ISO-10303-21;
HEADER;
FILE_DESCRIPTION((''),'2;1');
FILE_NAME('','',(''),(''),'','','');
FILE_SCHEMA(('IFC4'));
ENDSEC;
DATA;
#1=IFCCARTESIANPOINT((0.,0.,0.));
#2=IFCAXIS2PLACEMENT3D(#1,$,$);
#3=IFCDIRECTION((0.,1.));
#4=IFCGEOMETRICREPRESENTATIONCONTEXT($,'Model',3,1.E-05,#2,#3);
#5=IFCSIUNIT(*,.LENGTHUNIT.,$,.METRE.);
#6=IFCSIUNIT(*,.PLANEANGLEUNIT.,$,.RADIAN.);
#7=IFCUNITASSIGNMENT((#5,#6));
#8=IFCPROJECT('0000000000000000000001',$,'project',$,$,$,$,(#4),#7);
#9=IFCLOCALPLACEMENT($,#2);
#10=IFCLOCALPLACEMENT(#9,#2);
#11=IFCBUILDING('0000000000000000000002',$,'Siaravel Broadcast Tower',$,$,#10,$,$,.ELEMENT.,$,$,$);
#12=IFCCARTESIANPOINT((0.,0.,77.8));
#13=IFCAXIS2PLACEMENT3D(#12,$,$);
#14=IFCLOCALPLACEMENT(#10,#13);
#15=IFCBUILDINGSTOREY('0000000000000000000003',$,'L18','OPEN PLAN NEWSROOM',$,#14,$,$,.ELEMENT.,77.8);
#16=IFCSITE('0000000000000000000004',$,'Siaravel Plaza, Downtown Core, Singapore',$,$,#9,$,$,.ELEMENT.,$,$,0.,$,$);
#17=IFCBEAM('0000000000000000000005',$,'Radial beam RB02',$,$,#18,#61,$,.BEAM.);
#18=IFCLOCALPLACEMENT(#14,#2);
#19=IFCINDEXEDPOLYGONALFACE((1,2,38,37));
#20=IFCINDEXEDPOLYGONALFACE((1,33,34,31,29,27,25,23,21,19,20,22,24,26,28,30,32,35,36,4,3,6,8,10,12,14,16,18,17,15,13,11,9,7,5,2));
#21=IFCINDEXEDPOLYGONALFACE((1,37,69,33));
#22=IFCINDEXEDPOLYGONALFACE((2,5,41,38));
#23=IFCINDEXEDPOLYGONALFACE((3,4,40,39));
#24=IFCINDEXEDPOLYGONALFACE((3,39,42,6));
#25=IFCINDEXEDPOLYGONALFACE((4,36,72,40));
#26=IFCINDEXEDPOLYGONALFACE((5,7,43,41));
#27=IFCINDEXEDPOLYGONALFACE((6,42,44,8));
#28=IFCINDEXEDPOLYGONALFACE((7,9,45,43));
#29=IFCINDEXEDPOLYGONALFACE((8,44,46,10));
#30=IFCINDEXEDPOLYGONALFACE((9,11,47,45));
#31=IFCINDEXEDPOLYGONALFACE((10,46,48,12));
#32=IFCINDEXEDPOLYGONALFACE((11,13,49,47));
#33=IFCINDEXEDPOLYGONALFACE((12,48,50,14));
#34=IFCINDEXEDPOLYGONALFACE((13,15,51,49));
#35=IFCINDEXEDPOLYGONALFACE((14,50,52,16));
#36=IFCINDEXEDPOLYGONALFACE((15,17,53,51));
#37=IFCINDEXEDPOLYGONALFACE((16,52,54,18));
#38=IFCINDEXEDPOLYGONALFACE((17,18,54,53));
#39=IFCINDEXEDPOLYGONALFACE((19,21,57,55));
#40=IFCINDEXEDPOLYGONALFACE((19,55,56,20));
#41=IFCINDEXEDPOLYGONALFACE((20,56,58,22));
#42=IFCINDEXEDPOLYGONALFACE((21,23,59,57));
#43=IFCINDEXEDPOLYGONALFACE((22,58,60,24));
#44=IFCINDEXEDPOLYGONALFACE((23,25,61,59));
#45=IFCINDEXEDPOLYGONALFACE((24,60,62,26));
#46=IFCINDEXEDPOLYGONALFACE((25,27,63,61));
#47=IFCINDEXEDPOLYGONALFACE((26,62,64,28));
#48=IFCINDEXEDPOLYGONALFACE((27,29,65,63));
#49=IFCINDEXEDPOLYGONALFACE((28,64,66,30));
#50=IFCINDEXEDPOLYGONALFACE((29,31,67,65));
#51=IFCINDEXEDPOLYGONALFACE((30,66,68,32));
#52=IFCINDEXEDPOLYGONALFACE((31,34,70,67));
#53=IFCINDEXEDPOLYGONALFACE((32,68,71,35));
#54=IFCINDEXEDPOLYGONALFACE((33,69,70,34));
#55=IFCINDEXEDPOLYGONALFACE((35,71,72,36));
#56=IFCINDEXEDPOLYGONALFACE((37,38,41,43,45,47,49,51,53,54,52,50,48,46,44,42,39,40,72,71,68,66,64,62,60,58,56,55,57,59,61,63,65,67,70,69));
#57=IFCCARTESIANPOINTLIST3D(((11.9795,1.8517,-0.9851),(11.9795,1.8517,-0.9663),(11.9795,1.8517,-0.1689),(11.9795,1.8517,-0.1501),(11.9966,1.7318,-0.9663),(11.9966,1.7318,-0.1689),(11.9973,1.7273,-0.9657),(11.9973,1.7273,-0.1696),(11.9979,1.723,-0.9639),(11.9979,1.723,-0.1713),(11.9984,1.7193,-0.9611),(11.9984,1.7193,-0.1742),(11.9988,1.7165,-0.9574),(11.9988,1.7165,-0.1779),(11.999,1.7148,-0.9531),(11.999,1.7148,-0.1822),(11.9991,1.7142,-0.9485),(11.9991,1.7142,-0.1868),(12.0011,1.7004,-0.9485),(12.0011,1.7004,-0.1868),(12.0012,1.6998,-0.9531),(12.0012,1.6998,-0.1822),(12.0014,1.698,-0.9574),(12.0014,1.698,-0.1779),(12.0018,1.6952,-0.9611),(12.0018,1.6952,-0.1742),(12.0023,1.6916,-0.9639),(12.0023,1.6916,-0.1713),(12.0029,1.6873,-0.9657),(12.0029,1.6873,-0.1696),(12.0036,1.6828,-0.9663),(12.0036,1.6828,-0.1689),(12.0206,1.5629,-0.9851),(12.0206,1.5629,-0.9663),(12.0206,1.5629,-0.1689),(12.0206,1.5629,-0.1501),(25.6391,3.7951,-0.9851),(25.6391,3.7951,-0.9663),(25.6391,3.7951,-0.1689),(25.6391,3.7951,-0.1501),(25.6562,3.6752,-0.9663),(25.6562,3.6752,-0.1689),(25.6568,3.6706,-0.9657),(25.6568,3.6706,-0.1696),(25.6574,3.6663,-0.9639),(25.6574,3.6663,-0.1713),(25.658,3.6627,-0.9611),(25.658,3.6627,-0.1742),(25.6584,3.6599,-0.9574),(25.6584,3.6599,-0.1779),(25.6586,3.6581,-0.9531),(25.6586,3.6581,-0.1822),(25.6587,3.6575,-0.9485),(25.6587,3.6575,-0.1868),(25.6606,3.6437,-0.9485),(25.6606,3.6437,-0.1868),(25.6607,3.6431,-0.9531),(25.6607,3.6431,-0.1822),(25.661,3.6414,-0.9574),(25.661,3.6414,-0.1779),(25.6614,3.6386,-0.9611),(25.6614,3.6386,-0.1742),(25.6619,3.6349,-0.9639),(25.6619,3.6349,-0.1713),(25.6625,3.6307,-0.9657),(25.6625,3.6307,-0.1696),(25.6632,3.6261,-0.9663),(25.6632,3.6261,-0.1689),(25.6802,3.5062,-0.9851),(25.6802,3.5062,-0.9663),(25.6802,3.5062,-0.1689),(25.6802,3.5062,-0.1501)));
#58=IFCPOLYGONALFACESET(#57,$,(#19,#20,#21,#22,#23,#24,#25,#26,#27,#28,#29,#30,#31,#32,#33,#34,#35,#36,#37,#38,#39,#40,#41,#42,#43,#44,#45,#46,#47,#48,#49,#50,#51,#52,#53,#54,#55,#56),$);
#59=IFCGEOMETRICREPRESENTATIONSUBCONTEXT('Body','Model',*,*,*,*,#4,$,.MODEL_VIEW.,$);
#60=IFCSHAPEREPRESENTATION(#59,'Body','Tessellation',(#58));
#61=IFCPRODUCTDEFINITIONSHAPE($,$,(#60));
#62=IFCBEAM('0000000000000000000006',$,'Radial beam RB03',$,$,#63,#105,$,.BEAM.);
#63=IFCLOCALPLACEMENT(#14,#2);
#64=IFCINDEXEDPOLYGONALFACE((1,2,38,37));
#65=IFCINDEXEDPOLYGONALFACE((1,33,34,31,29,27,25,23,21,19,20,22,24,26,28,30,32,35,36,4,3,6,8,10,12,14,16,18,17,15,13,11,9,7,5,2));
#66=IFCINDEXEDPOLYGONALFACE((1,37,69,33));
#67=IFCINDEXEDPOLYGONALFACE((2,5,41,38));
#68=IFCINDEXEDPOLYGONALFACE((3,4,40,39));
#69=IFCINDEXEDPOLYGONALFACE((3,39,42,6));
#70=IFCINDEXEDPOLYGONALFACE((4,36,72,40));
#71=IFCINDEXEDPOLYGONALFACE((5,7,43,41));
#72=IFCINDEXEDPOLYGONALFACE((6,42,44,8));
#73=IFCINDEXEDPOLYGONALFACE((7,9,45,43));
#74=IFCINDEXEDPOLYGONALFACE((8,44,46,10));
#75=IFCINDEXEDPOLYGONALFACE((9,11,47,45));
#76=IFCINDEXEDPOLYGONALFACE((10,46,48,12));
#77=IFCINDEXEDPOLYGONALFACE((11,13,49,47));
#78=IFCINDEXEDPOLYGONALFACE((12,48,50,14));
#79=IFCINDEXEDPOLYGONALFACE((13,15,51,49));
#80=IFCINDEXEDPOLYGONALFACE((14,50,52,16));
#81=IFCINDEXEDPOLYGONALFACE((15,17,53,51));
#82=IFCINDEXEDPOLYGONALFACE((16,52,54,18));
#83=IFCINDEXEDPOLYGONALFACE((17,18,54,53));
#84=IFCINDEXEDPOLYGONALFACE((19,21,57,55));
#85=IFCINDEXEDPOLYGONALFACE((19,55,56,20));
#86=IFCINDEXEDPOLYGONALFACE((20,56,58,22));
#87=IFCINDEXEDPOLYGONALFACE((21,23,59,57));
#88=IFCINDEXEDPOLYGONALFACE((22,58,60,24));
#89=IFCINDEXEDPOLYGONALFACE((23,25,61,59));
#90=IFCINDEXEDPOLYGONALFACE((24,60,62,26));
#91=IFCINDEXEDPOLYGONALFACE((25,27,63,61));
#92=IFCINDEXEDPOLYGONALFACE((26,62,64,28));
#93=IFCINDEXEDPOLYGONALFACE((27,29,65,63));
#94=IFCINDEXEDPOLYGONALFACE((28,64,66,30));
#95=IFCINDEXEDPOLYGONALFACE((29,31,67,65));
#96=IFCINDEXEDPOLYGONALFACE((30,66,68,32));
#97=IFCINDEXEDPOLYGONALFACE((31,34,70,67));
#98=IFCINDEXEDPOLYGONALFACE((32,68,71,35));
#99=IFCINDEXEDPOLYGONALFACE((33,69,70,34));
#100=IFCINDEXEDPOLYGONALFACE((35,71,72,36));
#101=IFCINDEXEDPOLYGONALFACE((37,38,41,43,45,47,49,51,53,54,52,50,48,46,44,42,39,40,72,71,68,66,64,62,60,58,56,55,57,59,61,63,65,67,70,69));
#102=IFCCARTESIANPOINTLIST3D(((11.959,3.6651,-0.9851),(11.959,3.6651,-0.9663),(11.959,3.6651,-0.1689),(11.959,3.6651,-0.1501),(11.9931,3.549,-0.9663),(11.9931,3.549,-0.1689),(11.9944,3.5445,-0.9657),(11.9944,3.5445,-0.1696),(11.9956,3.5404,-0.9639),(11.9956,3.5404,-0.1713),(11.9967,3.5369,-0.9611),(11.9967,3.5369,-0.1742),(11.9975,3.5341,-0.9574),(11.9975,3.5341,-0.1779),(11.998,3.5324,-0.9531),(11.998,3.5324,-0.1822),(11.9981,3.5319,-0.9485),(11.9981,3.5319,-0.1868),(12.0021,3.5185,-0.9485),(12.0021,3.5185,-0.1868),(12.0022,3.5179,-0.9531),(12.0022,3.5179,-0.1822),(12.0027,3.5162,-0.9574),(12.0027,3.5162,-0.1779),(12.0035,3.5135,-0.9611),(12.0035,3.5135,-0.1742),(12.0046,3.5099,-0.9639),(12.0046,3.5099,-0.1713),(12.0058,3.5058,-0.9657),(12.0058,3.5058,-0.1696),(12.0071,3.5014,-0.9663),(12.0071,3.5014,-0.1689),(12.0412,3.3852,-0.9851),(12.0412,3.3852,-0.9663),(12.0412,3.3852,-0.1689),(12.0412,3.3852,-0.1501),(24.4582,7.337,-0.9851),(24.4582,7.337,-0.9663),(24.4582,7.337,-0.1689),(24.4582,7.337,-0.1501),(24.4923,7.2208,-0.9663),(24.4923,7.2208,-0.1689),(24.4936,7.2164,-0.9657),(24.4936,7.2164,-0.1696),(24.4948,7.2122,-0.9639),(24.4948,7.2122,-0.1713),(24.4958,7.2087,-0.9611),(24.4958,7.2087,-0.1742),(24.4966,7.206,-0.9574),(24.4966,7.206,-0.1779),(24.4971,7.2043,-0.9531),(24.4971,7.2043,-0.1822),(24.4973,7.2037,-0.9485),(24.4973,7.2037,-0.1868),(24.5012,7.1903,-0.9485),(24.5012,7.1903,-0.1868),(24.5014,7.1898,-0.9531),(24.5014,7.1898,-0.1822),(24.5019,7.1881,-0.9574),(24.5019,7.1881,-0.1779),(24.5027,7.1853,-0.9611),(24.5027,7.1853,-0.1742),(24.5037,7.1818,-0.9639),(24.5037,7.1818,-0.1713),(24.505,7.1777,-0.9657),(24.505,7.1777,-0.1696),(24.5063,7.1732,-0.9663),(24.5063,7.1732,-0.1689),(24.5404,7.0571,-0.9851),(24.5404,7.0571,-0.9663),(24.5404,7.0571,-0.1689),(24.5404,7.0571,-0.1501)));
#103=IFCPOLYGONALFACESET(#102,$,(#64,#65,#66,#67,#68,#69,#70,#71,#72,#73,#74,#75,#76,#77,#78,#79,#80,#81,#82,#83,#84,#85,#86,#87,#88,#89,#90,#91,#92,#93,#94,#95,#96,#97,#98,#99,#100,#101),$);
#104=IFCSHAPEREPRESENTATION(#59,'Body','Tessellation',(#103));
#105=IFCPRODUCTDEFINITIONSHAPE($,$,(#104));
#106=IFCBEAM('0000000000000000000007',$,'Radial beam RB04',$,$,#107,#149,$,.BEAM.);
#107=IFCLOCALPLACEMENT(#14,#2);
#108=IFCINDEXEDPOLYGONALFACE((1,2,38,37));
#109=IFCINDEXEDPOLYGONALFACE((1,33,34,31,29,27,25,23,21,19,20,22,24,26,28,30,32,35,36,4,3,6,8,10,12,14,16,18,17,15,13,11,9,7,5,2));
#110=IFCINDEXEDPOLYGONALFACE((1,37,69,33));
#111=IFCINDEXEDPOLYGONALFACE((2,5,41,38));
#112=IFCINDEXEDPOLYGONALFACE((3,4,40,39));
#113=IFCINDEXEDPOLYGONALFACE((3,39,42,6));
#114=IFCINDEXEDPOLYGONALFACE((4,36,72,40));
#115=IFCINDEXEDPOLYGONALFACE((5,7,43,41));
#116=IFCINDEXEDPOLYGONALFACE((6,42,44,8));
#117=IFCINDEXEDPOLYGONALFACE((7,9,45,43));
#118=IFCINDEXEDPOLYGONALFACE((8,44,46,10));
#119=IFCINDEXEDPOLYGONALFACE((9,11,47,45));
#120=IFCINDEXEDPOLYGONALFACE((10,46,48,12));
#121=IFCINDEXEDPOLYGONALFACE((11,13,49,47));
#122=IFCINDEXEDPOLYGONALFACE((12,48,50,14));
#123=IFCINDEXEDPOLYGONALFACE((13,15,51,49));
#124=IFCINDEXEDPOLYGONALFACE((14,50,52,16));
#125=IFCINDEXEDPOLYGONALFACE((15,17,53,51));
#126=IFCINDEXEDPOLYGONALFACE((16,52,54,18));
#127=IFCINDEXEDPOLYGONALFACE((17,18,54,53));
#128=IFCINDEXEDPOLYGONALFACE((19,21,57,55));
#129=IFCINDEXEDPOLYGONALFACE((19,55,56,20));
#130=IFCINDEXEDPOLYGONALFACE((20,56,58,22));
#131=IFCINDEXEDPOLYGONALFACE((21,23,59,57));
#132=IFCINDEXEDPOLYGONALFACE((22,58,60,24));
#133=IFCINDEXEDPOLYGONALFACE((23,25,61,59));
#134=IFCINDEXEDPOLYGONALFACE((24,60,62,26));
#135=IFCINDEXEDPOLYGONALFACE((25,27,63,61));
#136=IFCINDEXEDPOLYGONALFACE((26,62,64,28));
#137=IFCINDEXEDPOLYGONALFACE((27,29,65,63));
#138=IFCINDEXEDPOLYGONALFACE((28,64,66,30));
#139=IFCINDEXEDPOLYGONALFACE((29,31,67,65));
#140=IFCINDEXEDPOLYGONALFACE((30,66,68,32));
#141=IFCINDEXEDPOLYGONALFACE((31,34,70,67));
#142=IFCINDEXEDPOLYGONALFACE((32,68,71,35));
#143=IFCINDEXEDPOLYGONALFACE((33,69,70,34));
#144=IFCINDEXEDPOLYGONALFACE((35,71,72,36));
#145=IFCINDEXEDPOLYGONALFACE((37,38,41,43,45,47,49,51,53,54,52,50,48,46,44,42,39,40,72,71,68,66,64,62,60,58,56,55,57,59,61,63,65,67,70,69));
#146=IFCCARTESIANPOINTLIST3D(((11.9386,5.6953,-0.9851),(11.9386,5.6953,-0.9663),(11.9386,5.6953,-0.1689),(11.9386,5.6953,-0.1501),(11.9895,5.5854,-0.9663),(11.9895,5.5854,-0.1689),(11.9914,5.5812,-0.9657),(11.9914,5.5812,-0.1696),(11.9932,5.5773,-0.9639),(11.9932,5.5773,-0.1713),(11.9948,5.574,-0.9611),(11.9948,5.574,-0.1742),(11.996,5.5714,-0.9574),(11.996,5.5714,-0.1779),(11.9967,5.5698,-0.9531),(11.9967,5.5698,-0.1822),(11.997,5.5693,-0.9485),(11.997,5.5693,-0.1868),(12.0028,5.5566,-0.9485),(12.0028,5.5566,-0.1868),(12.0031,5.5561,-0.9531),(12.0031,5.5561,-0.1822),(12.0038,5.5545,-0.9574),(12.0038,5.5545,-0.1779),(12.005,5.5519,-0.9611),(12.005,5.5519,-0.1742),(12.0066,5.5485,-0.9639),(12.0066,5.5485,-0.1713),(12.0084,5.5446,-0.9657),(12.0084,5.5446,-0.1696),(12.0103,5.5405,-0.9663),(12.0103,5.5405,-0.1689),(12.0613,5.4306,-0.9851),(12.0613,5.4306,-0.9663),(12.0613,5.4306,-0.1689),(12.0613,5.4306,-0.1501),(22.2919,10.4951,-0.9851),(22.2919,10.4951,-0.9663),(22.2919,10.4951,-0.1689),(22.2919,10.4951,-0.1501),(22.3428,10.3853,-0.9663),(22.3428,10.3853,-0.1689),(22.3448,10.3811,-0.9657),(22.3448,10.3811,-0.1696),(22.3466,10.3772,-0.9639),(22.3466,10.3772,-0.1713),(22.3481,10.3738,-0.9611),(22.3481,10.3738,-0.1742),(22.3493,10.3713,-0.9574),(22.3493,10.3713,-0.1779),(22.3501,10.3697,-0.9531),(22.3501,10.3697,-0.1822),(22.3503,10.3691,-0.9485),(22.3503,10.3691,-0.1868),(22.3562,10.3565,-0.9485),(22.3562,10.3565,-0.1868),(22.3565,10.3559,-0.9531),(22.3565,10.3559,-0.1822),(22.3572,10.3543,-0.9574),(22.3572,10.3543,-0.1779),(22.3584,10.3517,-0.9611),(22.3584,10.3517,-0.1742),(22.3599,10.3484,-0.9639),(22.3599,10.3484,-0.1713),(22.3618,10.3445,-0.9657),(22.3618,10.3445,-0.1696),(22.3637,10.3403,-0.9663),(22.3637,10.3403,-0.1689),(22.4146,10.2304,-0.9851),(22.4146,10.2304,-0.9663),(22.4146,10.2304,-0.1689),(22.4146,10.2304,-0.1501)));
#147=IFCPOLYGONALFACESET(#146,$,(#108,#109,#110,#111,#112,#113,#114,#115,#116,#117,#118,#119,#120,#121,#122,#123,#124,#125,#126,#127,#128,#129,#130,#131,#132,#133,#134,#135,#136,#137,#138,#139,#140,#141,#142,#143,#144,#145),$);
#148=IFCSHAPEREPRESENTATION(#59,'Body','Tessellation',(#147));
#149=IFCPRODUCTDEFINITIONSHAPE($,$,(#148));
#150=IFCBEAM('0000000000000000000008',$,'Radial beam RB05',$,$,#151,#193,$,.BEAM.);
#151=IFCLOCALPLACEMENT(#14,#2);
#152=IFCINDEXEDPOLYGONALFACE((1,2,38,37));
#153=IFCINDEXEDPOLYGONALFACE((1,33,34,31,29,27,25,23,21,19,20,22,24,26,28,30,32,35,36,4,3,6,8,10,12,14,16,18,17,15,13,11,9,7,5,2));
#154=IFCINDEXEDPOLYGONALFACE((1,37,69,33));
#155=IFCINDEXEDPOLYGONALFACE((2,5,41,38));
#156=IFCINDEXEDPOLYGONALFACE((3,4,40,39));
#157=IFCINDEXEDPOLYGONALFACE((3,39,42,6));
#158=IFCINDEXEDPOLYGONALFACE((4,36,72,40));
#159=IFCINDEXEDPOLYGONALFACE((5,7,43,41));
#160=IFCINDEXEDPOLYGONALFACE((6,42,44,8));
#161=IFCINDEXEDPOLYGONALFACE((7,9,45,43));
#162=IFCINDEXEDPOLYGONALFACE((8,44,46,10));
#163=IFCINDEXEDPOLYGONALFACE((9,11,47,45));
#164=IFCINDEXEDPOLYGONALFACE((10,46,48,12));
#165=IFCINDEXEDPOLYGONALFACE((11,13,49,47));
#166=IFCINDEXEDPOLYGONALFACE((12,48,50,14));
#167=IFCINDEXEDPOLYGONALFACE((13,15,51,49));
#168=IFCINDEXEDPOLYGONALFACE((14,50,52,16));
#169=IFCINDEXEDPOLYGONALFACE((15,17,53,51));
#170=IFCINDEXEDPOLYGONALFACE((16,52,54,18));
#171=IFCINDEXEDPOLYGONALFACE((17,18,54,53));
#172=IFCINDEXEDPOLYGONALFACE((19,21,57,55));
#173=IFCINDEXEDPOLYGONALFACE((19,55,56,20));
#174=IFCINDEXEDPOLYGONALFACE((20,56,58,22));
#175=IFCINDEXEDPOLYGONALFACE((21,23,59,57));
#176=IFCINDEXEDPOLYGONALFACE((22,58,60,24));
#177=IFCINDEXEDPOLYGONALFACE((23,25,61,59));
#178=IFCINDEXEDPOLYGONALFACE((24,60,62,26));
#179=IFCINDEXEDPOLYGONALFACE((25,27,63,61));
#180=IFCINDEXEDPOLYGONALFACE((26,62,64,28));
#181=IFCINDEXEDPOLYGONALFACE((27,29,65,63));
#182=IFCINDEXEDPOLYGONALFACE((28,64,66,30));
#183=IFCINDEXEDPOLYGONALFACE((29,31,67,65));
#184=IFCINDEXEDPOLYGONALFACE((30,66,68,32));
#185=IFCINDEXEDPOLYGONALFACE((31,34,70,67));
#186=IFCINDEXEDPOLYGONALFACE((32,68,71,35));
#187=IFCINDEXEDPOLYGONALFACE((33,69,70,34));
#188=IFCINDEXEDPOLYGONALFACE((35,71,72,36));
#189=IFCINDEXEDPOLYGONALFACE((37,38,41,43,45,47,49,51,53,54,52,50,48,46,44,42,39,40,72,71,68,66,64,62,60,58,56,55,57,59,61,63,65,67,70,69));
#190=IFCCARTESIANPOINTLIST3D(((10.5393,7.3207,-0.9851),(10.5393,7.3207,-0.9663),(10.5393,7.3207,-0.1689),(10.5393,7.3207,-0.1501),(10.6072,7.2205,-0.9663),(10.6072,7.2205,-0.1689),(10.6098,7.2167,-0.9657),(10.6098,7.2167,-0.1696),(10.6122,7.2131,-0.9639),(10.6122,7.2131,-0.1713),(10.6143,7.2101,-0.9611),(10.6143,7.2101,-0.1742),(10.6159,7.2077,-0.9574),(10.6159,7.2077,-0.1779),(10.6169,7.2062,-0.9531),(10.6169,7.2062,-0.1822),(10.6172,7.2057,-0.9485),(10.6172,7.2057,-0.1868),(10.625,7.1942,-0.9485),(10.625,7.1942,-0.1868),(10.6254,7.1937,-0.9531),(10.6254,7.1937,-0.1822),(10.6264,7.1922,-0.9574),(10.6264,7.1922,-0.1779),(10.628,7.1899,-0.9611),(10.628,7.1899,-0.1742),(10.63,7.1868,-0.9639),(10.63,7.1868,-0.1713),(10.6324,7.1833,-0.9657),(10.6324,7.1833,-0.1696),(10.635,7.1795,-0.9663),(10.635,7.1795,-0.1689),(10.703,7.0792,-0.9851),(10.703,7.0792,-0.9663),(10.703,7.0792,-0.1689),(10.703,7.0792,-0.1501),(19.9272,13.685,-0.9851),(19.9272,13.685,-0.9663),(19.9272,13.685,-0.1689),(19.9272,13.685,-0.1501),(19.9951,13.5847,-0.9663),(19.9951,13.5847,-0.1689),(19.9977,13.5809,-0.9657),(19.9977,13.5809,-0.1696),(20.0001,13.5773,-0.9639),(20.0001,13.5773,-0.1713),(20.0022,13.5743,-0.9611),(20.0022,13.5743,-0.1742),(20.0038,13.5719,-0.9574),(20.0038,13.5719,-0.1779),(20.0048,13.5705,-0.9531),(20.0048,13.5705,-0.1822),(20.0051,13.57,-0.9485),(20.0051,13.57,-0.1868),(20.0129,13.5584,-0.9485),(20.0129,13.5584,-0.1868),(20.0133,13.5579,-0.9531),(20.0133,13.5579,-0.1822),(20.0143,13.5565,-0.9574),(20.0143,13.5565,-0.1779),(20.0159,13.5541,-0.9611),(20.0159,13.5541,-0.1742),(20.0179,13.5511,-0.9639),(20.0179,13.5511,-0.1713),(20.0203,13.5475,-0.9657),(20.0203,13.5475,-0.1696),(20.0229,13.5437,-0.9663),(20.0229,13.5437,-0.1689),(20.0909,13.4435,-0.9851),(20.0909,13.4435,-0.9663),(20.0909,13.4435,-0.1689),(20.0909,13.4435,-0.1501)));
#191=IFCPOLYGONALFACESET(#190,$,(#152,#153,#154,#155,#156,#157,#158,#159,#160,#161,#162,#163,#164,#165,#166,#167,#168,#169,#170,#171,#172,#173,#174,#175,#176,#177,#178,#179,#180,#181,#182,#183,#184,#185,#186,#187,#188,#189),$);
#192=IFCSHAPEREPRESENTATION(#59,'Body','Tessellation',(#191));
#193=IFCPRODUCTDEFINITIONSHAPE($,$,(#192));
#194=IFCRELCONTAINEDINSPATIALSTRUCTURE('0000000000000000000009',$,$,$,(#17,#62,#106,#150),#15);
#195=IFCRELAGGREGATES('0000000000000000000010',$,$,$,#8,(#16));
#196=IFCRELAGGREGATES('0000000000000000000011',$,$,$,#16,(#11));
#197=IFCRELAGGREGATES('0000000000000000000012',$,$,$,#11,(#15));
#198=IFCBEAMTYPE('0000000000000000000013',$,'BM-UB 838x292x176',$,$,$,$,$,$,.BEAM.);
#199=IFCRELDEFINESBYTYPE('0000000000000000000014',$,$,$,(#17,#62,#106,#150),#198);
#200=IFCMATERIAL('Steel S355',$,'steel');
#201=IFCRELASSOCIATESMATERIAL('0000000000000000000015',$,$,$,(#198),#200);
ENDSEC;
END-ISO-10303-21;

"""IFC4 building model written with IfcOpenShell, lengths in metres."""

from ifc_helpers import new_model, si_unit, direction, frame, origin, origin_2d, place, context, subcontext, project, spatial, i_section, extrude, material, material_profile, profile_set, type_object, element, save


model = new_model("IFC4")

# Units and contexts
model_context = context("Model", 3, precision=1e-05, world=origin(), true_north=direction((0.0, 1.0)))
body_context = subcontext(model_context, "Body", "Model", "MODEL_VIEW")
ifc_project = project(units=[si_unit("LENGTHUNIT", "METRE"), si_unit("PLANEANGLEUNIT", "RADIAN")], contexts=[model_context])

# Site, building, storey
site_placement = place(None, origin())
site = spatial("IfcSite", under=ifc_project, at=site_placement, Name="Siaravel Plaza, Downtown Core, Singapore", CompositionType="ELEMENT", RefElevation=0.0)
building_placement = place(site_placement, origin())
building = spatial("IfcBuilding", under=site, at=building_placement, Name="Siaravel Broadcast Tower", CompositionType="ELEMENT")
storey_placement = place(building_placement, frame((0.0, 0.0, 77.8)))
storey = spatial("IfcBuildingStorey", under=building, at=storey_placement, Name="L18", Description="OPEN PLAN NEWSROOM", CompositionType="ELEMENT", Elevation=77.8)

# Beams
ifc_material_1 = material(Name="Steel S355", Category="steel")
ifc_material_profile_1 = material_profile(ifc_material_1, i_section(OverallWidth=0.2917, OverallDepth=0.835, WebThickness=0.0139, FlangeThickness=0.0188, FilletRadius=0.0178, at=origin_2d()))
ifc_profile_set_1 = profile_set([ifc_material_profile_1], Name="Steel S355")
beam_type = type_object("IfcBeamType", Name="BM-UB 838x292x176", PredefinedType="BEAM", material=ifc_profile_set_1)
beam_1_placement = place(storey_placement, frame((25.6597, 3.6506, -0.5676), z_axis=(-0.990031, -0.140852, 0.0), x_axis=(0.140852, -0.990031, 0.0)))
element("IfcBeam", 1, at=beam_1_placement, inside=storey, type_object=beam_type, Name="Radial beam RB02", PredefinedType="BEAM", context=body_context, shape_type="SweptSolid", body=[
    extrude(i_section(OverallWidth=0.2917, OverallDepth=0.835, WebThickness=0.0139, FlangeThickness=0.0188, FilletRadius=0.0178, at=origin_2d()), origin(), (0.0, 0.0, 1.0), 13.7971),
])
beam_2_placement = place(storey_placement, frame((24.4993, 7.197, -0.5676), z_axis=(-0.959456, -0.281857, 0.0), x_axis=(0.281857, -0.959456, 0.0)))
element("IfcBeam", 2, at=beam_2_placement, inside=storey, type_object=beam_type, Name="Radial beam RB03", PredefinedType="BEAM", context=body_context, shape_type="SweptSolid", body=[
    extrude(i_section(OverallWidth=0.2917, OverallDepth=0.835, WebThickness=0.0139, FlangeThickness=0.0188, FilletRadius=0.0178, at=origin_2d()), origin(), (0.0, 0.0, 1.0), 13.0273),
])
beam_3_placement = place(storey_placement, frame((22.3533, 10.3628, -0.5676), z_axis=(-0.907246, -0.420601, 0.0), x_axis=(0.420601, -0.907246, 0.0)))
element("IfcBeam", 3, at=beam_3_placement, inside=storey, type_object=beam_type, Name="Radial beam RB04", PredefinedType="BEAM", context=body_context, shape_type="SweptSolid", body=[
    extrude(i_section(OverallWidth=0.2917, OverallDepth=0.835, WebThickness=0.0139, FlangeThickness=0.0188, FilletRadius=0.0178, at=origin_2d()), origin(), (0.0, 0.0, 1.0), 11.4119),
])
beam_4_placement = place(storey_placement, frame((20.009, 13.5642, -0.5676), z_axis=(-0.827727, -0.561131, 0.0), x_axis=(0.561131, -0.827727, 0.0)))
element("IfcBeam", 4, at=beam_4_placement, inside=storey, type_object=beam_type, Name="Radial beam RB05", PredefinedType="BEAM", context=body_context, shape_type="SweptSolid", body=[
    extrude(i_section(OverallWidth=0.2917, OverallDepth=0.835, WebThickness=0.0139, FlangeThickness=0.0188, FilletRadius=0.0178, at=origin_2d()), origin(), (0.0, 0.0, 1.0), 11.3418),
])

save(model, "model.ifc")
